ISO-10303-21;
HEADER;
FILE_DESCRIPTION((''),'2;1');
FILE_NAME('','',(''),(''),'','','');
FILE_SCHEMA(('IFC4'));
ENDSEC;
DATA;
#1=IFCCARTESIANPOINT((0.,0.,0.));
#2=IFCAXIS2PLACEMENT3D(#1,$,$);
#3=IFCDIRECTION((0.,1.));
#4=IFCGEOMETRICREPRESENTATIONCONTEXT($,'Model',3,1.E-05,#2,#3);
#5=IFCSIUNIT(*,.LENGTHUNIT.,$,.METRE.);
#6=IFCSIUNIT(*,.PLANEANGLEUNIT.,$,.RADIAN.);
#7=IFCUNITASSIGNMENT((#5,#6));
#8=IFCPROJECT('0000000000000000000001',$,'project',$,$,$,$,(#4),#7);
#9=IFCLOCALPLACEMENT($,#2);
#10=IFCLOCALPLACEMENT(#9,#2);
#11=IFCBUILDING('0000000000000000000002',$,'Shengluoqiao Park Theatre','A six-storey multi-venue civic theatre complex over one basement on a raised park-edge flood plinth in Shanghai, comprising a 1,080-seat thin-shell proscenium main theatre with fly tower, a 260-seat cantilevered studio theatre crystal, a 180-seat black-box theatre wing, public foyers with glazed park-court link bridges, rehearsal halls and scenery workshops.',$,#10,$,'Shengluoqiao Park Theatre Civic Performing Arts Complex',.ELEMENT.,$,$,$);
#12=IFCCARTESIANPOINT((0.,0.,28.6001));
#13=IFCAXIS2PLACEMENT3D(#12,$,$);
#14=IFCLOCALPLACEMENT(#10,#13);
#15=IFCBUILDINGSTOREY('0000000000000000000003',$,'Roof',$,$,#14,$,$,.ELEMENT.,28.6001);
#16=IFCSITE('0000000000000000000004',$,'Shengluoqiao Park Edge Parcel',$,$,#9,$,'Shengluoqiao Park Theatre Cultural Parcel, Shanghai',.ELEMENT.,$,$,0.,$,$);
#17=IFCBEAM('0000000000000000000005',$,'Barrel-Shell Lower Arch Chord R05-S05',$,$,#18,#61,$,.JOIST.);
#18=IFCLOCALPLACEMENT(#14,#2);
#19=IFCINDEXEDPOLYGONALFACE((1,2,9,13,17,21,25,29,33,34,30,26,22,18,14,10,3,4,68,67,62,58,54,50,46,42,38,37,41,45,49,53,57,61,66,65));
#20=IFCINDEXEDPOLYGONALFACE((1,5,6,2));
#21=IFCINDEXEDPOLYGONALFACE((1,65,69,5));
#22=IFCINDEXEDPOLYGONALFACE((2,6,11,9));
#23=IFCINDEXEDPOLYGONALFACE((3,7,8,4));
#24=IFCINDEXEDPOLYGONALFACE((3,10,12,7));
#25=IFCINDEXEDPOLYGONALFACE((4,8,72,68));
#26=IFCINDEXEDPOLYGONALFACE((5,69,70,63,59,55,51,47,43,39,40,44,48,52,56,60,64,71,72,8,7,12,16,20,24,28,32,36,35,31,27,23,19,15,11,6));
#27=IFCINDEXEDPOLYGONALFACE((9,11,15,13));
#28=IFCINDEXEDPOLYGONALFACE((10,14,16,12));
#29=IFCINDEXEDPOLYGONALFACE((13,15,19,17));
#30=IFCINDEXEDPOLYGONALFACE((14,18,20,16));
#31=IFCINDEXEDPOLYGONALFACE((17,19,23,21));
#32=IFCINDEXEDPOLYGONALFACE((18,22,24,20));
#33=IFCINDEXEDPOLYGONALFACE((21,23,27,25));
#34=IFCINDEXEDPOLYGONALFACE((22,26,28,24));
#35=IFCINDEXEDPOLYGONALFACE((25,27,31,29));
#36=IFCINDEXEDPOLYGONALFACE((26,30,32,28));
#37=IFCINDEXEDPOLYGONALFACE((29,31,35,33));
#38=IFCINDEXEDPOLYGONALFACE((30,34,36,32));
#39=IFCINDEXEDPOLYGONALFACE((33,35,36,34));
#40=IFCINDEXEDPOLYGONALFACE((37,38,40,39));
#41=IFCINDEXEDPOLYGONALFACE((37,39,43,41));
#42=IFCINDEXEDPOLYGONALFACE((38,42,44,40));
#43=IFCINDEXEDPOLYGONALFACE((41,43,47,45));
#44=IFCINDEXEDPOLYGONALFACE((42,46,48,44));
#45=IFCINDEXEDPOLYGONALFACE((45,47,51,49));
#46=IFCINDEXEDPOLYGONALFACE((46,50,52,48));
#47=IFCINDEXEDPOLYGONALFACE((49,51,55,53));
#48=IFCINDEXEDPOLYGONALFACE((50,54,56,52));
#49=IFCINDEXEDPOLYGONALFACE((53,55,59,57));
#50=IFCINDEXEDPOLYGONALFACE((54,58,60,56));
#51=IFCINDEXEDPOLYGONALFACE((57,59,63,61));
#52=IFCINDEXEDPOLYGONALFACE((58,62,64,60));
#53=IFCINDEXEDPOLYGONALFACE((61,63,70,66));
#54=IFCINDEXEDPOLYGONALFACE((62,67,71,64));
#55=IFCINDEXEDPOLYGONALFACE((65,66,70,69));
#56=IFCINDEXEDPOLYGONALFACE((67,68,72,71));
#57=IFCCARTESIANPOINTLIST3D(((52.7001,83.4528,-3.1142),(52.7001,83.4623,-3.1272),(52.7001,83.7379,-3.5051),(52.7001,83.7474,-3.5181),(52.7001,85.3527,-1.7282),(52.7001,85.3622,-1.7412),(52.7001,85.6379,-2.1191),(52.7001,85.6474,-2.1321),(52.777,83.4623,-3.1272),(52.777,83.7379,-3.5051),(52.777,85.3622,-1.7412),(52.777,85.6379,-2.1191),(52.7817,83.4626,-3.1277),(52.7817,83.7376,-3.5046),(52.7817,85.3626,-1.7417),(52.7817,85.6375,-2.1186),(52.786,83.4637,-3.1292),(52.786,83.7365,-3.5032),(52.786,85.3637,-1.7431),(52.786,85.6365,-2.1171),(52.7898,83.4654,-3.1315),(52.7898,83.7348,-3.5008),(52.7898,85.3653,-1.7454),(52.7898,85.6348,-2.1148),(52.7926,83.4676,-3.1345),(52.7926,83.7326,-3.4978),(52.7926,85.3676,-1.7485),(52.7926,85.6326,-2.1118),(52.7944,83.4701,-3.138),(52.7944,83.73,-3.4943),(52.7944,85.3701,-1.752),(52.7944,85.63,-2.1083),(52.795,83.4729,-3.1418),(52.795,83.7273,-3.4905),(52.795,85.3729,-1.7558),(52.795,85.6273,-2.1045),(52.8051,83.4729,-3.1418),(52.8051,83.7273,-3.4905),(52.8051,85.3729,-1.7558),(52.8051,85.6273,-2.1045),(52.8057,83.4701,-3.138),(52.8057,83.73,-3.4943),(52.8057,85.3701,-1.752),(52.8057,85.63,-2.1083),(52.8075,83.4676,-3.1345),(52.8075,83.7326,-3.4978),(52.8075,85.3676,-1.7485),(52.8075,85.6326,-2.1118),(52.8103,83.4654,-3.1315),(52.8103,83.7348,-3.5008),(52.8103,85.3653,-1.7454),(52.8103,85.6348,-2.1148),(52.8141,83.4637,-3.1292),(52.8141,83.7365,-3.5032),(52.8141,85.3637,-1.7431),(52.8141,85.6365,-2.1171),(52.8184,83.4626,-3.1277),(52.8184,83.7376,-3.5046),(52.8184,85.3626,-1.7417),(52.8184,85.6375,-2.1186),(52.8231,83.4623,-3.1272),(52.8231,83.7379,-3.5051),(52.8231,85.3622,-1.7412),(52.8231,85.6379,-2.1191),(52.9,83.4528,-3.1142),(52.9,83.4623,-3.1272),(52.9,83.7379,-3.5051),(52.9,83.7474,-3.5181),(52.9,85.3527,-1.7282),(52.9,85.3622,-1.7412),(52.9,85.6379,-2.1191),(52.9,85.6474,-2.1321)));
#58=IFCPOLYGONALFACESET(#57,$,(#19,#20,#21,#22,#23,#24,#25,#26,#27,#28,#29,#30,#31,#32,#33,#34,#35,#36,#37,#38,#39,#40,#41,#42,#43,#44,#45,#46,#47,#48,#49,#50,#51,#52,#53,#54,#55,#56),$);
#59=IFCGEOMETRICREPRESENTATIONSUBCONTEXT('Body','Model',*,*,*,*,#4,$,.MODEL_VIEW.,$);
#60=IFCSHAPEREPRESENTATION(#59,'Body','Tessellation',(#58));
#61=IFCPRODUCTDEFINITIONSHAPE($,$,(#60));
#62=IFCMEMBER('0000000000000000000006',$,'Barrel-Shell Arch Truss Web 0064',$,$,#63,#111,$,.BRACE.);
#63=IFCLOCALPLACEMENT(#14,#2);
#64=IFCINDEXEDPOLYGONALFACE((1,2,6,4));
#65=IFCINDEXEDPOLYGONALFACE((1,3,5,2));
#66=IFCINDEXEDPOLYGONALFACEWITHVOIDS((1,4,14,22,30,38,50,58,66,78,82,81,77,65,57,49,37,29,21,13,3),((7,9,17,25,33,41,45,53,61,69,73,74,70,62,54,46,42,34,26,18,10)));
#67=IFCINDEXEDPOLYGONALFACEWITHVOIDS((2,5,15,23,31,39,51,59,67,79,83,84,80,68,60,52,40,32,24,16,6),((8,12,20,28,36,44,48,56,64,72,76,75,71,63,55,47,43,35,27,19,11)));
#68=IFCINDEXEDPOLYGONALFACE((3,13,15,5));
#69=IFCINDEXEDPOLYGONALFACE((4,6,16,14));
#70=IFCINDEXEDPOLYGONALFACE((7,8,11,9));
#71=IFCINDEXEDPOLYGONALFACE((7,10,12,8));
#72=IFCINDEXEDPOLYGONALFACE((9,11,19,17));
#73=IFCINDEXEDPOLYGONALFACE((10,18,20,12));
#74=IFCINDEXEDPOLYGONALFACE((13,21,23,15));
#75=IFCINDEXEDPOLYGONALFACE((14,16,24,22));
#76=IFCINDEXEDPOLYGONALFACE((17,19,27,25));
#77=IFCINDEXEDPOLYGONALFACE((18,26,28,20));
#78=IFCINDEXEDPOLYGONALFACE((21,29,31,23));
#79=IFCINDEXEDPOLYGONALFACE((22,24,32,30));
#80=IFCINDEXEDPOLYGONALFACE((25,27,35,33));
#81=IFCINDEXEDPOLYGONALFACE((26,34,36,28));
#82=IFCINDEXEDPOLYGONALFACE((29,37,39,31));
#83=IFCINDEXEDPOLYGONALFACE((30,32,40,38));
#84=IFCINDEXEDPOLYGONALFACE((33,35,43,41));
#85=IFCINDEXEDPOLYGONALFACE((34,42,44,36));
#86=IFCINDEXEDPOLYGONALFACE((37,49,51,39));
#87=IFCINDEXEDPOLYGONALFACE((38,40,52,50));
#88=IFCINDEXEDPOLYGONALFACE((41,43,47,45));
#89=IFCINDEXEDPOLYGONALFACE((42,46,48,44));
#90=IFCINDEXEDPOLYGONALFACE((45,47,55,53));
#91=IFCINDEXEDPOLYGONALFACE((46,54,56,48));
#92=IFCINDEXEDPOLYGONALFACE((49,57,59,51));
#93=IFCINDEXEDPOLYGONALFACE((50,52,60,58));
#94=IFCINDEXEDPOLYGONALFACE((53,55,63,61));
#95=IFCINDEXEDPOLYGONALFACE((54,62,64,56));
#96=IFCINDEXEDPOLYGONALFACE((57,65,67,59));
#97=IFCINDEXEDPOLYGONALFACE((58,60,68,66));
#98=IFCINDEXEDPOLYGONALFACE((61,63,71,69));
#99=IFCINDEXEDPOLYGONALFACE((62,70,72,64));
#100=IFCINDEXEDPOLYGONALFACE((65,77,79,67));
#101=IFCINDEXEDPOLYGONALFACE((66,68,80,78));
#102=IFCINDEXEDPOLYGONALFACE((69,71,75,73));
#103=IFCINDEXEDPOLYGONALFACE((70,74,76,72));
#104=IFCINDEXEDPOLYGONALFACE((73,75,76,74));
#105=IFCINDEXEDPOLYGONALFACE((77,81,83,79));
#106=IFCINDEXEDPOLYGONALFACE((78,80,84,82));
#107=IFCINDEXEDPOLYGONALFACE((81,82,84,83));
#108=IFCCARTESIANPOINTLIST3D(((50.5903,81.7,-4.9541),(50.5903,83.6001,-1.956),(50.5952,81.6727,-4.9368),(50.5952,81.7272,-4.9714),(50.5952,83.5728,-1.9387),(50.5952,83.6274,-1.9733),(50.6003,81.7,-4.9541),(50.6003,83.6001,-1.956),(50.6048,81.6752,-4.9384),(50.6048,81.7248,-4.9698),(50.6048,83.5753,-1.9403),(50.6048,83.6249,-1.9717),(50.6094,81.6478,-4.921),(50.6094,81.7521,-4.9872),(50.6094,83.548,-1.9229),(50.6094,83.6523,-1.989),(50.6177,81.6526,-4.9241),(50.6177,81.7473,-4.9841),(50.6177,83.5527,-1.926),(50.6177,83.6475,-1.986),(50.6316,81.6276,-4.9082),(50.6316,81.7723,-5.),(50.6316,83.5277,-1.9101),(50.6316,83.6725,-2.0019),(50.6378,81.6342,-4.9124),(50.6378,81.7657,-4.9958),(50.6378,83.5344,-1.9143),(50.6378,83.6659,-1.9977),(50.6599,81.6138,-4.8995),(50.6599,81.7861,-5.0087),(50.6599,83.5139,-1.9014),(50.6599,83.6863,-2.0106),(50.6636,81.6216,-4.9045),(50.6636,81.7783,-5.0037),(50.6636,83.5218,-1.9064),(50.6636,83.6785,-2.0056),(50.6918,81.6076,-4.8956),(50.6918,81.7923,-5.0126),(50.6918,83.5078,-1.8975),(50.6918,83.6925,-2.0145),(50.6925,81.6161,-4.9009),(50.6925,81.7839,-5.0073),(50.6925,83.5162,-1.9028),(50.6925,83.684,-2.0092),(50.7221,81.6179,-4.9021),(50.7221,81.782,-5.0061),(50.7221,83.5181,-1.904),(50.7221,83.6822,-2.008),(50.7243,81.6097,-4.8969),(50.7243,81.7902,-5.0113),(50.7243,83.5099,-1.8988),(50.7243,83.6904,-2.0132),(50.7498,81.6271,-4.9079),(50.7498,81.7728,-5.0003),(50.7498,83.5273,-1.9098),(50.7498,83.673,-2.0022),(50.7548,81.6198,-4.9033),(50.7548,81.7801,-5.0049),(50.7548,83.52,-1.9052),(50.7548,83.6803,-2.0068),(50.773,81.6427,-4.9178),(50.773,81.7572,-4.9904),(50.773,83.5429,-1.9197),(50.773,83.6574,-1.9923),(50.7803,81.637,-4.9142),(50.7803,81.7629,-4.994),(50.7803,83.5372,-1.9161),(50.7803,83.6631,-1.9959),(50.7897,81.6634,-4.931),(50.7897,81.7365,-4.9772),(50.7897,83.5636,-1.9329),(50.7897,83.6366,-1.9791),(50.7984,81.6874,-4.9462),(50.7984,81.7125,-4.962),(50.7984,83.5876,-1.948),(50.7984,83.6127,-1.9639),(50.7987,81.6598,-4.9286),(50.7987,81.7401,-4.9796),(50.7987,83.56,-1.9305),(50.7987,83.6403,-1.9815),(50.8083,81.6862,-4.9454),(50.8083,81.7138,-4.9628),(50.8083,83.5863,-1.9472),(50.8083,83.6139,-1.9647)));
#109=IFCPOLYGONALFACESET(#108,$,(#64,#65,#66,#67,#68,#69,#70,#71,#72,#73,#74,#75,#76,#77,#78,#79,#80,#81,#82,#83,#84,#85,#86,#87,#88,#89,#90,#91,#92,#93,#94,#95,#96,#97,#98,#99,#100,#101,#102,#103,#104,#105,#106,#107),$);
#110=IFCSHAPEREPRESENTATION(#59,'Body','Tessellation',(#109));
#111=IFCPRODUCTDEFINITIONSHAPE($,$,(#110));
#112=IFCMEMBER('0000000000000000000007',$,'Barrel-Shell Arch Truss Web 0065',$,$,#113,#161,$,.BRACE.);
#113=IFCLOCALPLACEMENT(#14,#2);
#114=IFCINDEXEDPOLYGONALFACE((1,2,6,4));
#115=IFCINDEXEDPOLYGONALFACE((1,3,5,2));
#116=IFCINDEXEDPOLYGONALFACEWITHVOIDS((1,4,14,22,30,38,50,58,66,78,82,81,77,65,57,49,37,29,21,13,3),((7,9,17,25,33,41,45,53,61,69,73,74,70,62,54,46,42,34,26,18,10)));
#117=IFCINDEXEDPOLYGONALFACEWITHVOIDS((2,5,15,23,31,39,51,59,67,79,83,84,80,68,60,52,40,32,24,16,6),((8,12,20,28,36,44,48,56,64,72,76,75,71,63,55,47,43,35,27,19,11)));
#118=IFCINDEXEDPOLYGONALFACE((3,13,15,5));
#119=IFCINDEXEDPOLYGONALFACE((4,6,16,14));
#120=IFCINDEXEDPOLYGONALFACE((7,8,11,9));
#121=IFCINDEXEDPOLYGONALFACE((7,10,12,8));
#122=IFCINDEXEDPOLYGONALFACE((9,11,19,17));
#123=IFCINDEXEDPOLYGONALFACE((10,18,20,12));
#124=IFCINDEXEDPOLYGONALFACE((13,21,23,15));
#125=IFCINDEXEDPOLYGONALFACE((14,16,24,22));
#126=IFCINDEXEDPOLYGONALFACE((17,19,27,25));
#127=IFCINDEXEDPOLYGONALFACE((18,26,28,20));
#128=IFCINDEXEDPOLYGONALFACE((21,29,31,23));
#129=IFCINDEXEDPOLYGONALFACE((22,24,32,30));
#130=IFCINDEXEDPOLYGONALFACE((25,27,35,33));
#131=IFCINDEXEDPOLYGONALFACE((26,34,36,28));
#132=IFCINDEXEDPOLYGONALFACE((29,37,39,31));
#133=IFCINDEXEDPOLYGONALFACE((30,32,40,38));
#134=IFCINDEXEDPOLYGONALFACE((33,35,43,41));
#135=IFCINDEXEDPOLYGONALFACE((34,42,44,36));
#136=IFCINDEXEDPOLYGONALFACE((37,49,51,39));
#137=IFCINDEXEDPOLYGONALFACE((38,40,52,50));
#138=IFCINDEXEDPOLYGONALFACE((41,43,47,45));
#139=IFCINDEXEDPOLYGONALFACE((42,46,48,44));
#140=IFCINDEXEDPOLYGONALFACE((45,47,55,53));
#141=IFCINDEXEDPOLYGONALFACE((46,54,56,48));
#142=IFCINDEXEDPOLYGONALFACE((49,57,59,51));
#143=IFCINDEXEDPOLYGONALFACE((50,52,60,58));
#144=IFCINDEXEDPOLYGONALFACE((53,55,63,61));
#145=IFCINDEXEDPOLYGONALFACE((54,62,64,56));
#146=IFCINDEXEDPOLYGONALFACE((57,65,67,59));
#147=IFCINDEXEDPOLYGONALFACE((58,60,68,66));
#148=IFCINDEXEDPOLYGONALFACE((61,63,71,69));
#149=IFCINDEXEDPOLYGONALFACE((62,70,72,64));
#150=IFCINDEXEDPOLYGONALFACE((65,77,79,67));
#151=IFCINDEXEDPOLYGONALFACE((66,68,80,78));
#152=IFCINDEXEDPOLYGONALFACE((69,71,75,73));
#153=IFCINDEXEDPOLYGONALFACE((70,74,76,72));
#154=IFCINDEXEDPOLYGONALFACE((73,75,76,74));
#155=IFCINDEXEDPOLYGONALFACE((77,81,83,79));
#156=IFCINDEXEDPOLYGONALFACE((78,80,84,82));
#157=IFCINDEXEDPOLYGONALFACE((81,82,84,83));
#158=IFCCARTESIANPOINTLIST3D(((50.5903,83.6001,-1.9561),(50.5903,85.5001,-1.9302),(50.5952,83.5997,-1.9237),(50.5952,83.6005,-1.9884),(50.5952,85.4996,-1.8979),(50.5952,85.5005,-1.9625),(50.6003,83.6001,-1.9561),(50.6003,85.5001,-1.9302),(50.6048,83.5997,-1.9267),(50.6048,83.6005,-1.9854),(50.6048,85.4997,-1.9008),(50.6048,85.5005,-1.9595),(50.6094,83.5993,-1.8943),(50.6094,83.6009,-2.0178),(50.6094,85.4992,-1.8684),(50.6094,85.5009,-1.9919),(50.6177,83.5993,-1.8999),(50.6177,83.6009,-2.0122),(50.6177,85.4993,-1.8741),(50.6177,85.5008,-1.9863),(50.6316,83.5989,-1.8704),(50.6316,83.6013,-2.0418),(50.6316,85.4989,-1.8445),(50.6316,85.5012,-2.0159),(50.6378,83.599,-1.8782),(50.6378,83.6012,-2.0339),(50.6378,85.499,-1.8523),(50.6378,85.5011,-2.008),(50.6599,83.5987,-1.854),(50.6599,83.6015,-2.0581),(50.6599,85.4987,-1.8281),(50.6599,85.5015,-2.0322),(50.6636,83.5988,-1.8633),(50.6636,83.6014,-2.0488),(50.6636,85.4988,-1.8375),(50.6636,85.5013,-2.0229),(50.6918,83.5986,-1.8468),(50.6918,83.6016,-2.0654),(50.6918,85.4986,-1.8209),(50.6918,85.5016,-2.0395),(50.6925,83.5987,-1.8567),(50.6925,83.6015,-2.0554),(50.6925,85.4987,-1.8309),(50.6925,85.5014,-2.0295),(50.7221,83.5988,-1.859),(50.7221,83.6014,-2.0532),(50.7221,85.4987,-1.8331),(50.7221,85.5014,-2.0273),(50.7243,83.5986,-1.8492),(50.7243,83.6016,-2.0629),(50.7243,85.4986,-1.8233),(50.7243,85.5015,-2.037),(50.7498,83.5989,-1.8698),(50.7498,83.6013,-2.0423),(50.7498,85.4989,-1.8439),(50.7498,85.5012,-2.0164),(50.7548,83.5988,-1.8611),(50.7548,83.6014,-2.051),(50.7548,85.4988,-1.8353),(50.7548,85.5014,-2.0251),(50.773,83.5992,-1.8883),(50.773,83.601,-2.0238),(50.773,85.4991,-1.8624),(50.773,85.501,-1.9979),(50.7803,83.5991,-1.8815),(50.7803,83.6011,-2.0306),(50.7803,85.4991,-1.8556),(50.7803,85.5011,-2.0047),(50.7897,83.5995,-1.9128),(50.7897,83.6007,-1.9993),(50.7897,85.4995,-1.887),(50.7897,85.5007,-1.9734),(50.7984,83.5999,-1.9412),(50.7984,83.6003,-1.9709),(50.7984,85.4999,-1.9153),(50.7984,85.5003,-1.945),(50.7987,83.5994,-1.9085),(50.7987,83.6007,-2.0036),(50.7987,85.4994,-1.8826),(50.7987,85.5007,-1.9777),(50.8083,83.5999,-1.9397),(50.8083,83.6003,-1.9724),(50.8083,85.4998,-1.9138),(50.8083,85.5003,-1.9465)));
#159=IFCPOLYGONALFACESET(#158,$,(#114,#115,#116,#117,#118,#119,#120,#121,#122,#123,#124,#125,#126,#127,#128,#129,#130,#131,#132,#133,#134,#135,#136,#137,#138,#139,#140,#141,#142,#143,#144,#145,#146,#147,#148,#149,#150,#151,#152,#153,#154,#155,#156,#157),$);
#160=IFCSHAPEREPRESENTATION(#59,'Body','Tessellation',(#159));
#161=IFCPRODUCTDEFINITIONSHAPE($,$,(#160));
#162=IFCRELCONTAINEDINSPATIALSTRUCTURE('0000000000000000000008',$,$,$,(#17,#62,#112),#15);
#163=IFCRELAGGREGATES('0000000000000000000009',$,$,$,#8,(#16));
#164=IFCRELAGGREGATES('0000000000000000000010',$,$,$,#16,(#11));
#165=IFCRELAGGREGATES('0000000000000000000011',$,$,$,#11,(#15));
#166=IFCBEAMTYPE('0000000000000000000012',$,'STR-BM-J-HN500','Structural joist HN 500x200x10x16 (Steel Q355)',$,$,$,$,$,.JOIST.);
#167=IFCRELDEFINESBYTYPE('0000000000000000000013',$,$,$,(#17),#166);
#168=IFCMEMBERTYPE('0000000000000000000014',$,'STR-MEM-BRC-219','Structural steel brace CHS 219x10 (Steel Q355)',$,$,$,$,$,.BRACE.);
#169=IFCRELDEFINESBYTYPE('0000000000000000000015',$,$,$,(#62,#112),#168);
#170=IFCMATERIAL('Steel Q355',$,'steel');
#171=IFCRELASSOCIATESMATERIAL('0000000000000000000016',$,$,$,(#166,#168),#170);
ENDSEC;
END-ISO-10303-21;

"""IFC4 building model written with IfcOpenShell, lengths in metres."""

from ifc_helpers import new_model, si_unit, direction, frame, origin, origin_2d, place, context, subcontext, project, spatial, hollow_circle, i_section, extrude, material, material_profile, profile_set, type_object, element, save


model = new_model("IFC4")

# Units and contexts
model_context = context("Model", 3, precision=1e-05, world=origin(), true_north=direction((0.0, 1.0)))
body_context = subcontext(model_context, "Body", "Model", "MODEL_VIEW")
ifc_project = project(units=[si_unit("LENGTHUNIT", "METRE"), si_unit("PLANEANGLEUNIT", "RADIAN")], contexts=[model_context])

# Site, building, storey
site_placement = place(None, origin())
site = spatial("IfcSite", under=ifc_project, at=site_placement, Name="Shengluoqiao Park Edge Parcel", LongName="Shengluoqiao Park Theatre Cultural Parcel, Shanghai", CompositionType="ELEMENT", RefElevation=0.0)
building_placement = place(site_placement, origin())
building = spatial("IfcBuilding", under=site, at=building_placement, Name="Shengluoqiao Park Theatre", Description="A six-storey multi-venue civic theatre complex over one basement on a raised park-edge flood plinth in Shanghai, comprising a 1,080-seat thin-shell proscenium main theatre with fly tower, a 260-seat cantilevered studio theatre crystal, a 180-seat black-box theatre wing, public foyers with glazed park-court link bridges, rehearsal halls and scenery workshops.", LongName="Shengluoqiao Park Theatre Civic Performing Arts Complex", CompositionType="ELEMENT")
storey_placement = place(building_placement, frame((0.0, 0.0, 28.6001)))
storey = spatial("IfcBuildingStorey", under=building, at=storey_placement, Name="Roof", CompositionType="ELEMENT", Elevation=28.6001)

# Beam
ifc_material_1 = material(Name="Steel Q355", Category="steel")
ifc_material_profile_1 = material_profile(ifc_material_1, i_section(OverallWidth=0.2, OverallDepth=0.5, WebThickness=0.01, FlangeThickness=0.0161, FilletRadius=0.0181, at=origin_2d()), Name="HN 500x200x10x16")
ifc_profile_set_1 = profile_set([ifc_material_profile_1], Name="Steel Q355")
beam_type_1 = type_object("IfcBeamType", Name="STR-BM-J-HN500", Description="Structural joist HN 500x200x10x16 (Steel Q355)", PredefinedType="JOIST", material=ifc_profile_set_1)
beam_1_placement = place(storey_placement, frame((52.8, 83.6001, -3.3162), z_axis=(0.0, 0.807878, 0.58935), x_axis=(-1.0, 0.0, 0.0)))
element("IfcBeam", 1, at=beam_1_placement, inside=storey, type_object=beam_type_1, Name="Barrel-Shell Lower Arch Chord R05-S05", PredefinedType="JOIST", context=body_context, shape_type="SweptSolid", body=[
    extrude(i_section(OverallWidth=0.2, OverallDepth=0.5, WebThickness=0.01, FlangeThickness=0.0161, FilletRadius=0.0181, at=origin_2d()), origin(), (0.0, 0.0, 1.0), 2.3518),
])

# Members
ifc_material_profile_2 = material_profile(ifc_material_1, hollow_circle(Radius=0.1096, WallThickness=0.01, at=origin_2d()), Name="CHS 219x10")
ifc_profile_set_2 = profile_set([ifc_material_profile_2], Name="Steel Q355")
member_type_1 = type_object("IfcMemberType", Name="STR-MEM-BRC-219", Description="Structural steel brace CHS 219x10 (Steel Q355)", PredefinedType="BRACE", material=ifc_profile_set_2)
member_1_placement = place(storey_placement, frame((50.7, 81.7, -4.9541), z_axis=(0.0, 0.53533, 0.844643), x_axis=(-1.0, 0.0, 0.0)))
element("IfcMember", 2, at=member_1_placement, inside=storey, type_object=member_type_1, Name="Barrel-Shell Arch Truss Web 0064", PredefinedType="BRACE", context=body_context, shape_type="SweptSolid", body=[
    extrude(hollow_circle(Radius=0.1096, WallThickness=0.01, at=origin_2d()), origin(), (0.0, 0.0, 1.0), 3.5496),
])
member_2_placement = place(storey_placement, frame((50.7, 83.6001, -1.9561), z_axis=(0.0, 0.999907, 0.01362), x_axis=(-1.0, 0.0, 0.0)))
element("IfcMember", 3, at=member_2_placement, inside=storey, type_object=member_type_1, Name="Barrel-Shell Arch Truss Web 0065", PredefinedType="BRACE", context=body_context, shape_type="SweptSolid", body=[
    extrude(hollow_circle(Radius=0.1096, WallThickness=0.01, at=origin_2d()), origin(), (0.0, 0.0, 1.0), 1.9001),
])

save(model, "model.ifc")
